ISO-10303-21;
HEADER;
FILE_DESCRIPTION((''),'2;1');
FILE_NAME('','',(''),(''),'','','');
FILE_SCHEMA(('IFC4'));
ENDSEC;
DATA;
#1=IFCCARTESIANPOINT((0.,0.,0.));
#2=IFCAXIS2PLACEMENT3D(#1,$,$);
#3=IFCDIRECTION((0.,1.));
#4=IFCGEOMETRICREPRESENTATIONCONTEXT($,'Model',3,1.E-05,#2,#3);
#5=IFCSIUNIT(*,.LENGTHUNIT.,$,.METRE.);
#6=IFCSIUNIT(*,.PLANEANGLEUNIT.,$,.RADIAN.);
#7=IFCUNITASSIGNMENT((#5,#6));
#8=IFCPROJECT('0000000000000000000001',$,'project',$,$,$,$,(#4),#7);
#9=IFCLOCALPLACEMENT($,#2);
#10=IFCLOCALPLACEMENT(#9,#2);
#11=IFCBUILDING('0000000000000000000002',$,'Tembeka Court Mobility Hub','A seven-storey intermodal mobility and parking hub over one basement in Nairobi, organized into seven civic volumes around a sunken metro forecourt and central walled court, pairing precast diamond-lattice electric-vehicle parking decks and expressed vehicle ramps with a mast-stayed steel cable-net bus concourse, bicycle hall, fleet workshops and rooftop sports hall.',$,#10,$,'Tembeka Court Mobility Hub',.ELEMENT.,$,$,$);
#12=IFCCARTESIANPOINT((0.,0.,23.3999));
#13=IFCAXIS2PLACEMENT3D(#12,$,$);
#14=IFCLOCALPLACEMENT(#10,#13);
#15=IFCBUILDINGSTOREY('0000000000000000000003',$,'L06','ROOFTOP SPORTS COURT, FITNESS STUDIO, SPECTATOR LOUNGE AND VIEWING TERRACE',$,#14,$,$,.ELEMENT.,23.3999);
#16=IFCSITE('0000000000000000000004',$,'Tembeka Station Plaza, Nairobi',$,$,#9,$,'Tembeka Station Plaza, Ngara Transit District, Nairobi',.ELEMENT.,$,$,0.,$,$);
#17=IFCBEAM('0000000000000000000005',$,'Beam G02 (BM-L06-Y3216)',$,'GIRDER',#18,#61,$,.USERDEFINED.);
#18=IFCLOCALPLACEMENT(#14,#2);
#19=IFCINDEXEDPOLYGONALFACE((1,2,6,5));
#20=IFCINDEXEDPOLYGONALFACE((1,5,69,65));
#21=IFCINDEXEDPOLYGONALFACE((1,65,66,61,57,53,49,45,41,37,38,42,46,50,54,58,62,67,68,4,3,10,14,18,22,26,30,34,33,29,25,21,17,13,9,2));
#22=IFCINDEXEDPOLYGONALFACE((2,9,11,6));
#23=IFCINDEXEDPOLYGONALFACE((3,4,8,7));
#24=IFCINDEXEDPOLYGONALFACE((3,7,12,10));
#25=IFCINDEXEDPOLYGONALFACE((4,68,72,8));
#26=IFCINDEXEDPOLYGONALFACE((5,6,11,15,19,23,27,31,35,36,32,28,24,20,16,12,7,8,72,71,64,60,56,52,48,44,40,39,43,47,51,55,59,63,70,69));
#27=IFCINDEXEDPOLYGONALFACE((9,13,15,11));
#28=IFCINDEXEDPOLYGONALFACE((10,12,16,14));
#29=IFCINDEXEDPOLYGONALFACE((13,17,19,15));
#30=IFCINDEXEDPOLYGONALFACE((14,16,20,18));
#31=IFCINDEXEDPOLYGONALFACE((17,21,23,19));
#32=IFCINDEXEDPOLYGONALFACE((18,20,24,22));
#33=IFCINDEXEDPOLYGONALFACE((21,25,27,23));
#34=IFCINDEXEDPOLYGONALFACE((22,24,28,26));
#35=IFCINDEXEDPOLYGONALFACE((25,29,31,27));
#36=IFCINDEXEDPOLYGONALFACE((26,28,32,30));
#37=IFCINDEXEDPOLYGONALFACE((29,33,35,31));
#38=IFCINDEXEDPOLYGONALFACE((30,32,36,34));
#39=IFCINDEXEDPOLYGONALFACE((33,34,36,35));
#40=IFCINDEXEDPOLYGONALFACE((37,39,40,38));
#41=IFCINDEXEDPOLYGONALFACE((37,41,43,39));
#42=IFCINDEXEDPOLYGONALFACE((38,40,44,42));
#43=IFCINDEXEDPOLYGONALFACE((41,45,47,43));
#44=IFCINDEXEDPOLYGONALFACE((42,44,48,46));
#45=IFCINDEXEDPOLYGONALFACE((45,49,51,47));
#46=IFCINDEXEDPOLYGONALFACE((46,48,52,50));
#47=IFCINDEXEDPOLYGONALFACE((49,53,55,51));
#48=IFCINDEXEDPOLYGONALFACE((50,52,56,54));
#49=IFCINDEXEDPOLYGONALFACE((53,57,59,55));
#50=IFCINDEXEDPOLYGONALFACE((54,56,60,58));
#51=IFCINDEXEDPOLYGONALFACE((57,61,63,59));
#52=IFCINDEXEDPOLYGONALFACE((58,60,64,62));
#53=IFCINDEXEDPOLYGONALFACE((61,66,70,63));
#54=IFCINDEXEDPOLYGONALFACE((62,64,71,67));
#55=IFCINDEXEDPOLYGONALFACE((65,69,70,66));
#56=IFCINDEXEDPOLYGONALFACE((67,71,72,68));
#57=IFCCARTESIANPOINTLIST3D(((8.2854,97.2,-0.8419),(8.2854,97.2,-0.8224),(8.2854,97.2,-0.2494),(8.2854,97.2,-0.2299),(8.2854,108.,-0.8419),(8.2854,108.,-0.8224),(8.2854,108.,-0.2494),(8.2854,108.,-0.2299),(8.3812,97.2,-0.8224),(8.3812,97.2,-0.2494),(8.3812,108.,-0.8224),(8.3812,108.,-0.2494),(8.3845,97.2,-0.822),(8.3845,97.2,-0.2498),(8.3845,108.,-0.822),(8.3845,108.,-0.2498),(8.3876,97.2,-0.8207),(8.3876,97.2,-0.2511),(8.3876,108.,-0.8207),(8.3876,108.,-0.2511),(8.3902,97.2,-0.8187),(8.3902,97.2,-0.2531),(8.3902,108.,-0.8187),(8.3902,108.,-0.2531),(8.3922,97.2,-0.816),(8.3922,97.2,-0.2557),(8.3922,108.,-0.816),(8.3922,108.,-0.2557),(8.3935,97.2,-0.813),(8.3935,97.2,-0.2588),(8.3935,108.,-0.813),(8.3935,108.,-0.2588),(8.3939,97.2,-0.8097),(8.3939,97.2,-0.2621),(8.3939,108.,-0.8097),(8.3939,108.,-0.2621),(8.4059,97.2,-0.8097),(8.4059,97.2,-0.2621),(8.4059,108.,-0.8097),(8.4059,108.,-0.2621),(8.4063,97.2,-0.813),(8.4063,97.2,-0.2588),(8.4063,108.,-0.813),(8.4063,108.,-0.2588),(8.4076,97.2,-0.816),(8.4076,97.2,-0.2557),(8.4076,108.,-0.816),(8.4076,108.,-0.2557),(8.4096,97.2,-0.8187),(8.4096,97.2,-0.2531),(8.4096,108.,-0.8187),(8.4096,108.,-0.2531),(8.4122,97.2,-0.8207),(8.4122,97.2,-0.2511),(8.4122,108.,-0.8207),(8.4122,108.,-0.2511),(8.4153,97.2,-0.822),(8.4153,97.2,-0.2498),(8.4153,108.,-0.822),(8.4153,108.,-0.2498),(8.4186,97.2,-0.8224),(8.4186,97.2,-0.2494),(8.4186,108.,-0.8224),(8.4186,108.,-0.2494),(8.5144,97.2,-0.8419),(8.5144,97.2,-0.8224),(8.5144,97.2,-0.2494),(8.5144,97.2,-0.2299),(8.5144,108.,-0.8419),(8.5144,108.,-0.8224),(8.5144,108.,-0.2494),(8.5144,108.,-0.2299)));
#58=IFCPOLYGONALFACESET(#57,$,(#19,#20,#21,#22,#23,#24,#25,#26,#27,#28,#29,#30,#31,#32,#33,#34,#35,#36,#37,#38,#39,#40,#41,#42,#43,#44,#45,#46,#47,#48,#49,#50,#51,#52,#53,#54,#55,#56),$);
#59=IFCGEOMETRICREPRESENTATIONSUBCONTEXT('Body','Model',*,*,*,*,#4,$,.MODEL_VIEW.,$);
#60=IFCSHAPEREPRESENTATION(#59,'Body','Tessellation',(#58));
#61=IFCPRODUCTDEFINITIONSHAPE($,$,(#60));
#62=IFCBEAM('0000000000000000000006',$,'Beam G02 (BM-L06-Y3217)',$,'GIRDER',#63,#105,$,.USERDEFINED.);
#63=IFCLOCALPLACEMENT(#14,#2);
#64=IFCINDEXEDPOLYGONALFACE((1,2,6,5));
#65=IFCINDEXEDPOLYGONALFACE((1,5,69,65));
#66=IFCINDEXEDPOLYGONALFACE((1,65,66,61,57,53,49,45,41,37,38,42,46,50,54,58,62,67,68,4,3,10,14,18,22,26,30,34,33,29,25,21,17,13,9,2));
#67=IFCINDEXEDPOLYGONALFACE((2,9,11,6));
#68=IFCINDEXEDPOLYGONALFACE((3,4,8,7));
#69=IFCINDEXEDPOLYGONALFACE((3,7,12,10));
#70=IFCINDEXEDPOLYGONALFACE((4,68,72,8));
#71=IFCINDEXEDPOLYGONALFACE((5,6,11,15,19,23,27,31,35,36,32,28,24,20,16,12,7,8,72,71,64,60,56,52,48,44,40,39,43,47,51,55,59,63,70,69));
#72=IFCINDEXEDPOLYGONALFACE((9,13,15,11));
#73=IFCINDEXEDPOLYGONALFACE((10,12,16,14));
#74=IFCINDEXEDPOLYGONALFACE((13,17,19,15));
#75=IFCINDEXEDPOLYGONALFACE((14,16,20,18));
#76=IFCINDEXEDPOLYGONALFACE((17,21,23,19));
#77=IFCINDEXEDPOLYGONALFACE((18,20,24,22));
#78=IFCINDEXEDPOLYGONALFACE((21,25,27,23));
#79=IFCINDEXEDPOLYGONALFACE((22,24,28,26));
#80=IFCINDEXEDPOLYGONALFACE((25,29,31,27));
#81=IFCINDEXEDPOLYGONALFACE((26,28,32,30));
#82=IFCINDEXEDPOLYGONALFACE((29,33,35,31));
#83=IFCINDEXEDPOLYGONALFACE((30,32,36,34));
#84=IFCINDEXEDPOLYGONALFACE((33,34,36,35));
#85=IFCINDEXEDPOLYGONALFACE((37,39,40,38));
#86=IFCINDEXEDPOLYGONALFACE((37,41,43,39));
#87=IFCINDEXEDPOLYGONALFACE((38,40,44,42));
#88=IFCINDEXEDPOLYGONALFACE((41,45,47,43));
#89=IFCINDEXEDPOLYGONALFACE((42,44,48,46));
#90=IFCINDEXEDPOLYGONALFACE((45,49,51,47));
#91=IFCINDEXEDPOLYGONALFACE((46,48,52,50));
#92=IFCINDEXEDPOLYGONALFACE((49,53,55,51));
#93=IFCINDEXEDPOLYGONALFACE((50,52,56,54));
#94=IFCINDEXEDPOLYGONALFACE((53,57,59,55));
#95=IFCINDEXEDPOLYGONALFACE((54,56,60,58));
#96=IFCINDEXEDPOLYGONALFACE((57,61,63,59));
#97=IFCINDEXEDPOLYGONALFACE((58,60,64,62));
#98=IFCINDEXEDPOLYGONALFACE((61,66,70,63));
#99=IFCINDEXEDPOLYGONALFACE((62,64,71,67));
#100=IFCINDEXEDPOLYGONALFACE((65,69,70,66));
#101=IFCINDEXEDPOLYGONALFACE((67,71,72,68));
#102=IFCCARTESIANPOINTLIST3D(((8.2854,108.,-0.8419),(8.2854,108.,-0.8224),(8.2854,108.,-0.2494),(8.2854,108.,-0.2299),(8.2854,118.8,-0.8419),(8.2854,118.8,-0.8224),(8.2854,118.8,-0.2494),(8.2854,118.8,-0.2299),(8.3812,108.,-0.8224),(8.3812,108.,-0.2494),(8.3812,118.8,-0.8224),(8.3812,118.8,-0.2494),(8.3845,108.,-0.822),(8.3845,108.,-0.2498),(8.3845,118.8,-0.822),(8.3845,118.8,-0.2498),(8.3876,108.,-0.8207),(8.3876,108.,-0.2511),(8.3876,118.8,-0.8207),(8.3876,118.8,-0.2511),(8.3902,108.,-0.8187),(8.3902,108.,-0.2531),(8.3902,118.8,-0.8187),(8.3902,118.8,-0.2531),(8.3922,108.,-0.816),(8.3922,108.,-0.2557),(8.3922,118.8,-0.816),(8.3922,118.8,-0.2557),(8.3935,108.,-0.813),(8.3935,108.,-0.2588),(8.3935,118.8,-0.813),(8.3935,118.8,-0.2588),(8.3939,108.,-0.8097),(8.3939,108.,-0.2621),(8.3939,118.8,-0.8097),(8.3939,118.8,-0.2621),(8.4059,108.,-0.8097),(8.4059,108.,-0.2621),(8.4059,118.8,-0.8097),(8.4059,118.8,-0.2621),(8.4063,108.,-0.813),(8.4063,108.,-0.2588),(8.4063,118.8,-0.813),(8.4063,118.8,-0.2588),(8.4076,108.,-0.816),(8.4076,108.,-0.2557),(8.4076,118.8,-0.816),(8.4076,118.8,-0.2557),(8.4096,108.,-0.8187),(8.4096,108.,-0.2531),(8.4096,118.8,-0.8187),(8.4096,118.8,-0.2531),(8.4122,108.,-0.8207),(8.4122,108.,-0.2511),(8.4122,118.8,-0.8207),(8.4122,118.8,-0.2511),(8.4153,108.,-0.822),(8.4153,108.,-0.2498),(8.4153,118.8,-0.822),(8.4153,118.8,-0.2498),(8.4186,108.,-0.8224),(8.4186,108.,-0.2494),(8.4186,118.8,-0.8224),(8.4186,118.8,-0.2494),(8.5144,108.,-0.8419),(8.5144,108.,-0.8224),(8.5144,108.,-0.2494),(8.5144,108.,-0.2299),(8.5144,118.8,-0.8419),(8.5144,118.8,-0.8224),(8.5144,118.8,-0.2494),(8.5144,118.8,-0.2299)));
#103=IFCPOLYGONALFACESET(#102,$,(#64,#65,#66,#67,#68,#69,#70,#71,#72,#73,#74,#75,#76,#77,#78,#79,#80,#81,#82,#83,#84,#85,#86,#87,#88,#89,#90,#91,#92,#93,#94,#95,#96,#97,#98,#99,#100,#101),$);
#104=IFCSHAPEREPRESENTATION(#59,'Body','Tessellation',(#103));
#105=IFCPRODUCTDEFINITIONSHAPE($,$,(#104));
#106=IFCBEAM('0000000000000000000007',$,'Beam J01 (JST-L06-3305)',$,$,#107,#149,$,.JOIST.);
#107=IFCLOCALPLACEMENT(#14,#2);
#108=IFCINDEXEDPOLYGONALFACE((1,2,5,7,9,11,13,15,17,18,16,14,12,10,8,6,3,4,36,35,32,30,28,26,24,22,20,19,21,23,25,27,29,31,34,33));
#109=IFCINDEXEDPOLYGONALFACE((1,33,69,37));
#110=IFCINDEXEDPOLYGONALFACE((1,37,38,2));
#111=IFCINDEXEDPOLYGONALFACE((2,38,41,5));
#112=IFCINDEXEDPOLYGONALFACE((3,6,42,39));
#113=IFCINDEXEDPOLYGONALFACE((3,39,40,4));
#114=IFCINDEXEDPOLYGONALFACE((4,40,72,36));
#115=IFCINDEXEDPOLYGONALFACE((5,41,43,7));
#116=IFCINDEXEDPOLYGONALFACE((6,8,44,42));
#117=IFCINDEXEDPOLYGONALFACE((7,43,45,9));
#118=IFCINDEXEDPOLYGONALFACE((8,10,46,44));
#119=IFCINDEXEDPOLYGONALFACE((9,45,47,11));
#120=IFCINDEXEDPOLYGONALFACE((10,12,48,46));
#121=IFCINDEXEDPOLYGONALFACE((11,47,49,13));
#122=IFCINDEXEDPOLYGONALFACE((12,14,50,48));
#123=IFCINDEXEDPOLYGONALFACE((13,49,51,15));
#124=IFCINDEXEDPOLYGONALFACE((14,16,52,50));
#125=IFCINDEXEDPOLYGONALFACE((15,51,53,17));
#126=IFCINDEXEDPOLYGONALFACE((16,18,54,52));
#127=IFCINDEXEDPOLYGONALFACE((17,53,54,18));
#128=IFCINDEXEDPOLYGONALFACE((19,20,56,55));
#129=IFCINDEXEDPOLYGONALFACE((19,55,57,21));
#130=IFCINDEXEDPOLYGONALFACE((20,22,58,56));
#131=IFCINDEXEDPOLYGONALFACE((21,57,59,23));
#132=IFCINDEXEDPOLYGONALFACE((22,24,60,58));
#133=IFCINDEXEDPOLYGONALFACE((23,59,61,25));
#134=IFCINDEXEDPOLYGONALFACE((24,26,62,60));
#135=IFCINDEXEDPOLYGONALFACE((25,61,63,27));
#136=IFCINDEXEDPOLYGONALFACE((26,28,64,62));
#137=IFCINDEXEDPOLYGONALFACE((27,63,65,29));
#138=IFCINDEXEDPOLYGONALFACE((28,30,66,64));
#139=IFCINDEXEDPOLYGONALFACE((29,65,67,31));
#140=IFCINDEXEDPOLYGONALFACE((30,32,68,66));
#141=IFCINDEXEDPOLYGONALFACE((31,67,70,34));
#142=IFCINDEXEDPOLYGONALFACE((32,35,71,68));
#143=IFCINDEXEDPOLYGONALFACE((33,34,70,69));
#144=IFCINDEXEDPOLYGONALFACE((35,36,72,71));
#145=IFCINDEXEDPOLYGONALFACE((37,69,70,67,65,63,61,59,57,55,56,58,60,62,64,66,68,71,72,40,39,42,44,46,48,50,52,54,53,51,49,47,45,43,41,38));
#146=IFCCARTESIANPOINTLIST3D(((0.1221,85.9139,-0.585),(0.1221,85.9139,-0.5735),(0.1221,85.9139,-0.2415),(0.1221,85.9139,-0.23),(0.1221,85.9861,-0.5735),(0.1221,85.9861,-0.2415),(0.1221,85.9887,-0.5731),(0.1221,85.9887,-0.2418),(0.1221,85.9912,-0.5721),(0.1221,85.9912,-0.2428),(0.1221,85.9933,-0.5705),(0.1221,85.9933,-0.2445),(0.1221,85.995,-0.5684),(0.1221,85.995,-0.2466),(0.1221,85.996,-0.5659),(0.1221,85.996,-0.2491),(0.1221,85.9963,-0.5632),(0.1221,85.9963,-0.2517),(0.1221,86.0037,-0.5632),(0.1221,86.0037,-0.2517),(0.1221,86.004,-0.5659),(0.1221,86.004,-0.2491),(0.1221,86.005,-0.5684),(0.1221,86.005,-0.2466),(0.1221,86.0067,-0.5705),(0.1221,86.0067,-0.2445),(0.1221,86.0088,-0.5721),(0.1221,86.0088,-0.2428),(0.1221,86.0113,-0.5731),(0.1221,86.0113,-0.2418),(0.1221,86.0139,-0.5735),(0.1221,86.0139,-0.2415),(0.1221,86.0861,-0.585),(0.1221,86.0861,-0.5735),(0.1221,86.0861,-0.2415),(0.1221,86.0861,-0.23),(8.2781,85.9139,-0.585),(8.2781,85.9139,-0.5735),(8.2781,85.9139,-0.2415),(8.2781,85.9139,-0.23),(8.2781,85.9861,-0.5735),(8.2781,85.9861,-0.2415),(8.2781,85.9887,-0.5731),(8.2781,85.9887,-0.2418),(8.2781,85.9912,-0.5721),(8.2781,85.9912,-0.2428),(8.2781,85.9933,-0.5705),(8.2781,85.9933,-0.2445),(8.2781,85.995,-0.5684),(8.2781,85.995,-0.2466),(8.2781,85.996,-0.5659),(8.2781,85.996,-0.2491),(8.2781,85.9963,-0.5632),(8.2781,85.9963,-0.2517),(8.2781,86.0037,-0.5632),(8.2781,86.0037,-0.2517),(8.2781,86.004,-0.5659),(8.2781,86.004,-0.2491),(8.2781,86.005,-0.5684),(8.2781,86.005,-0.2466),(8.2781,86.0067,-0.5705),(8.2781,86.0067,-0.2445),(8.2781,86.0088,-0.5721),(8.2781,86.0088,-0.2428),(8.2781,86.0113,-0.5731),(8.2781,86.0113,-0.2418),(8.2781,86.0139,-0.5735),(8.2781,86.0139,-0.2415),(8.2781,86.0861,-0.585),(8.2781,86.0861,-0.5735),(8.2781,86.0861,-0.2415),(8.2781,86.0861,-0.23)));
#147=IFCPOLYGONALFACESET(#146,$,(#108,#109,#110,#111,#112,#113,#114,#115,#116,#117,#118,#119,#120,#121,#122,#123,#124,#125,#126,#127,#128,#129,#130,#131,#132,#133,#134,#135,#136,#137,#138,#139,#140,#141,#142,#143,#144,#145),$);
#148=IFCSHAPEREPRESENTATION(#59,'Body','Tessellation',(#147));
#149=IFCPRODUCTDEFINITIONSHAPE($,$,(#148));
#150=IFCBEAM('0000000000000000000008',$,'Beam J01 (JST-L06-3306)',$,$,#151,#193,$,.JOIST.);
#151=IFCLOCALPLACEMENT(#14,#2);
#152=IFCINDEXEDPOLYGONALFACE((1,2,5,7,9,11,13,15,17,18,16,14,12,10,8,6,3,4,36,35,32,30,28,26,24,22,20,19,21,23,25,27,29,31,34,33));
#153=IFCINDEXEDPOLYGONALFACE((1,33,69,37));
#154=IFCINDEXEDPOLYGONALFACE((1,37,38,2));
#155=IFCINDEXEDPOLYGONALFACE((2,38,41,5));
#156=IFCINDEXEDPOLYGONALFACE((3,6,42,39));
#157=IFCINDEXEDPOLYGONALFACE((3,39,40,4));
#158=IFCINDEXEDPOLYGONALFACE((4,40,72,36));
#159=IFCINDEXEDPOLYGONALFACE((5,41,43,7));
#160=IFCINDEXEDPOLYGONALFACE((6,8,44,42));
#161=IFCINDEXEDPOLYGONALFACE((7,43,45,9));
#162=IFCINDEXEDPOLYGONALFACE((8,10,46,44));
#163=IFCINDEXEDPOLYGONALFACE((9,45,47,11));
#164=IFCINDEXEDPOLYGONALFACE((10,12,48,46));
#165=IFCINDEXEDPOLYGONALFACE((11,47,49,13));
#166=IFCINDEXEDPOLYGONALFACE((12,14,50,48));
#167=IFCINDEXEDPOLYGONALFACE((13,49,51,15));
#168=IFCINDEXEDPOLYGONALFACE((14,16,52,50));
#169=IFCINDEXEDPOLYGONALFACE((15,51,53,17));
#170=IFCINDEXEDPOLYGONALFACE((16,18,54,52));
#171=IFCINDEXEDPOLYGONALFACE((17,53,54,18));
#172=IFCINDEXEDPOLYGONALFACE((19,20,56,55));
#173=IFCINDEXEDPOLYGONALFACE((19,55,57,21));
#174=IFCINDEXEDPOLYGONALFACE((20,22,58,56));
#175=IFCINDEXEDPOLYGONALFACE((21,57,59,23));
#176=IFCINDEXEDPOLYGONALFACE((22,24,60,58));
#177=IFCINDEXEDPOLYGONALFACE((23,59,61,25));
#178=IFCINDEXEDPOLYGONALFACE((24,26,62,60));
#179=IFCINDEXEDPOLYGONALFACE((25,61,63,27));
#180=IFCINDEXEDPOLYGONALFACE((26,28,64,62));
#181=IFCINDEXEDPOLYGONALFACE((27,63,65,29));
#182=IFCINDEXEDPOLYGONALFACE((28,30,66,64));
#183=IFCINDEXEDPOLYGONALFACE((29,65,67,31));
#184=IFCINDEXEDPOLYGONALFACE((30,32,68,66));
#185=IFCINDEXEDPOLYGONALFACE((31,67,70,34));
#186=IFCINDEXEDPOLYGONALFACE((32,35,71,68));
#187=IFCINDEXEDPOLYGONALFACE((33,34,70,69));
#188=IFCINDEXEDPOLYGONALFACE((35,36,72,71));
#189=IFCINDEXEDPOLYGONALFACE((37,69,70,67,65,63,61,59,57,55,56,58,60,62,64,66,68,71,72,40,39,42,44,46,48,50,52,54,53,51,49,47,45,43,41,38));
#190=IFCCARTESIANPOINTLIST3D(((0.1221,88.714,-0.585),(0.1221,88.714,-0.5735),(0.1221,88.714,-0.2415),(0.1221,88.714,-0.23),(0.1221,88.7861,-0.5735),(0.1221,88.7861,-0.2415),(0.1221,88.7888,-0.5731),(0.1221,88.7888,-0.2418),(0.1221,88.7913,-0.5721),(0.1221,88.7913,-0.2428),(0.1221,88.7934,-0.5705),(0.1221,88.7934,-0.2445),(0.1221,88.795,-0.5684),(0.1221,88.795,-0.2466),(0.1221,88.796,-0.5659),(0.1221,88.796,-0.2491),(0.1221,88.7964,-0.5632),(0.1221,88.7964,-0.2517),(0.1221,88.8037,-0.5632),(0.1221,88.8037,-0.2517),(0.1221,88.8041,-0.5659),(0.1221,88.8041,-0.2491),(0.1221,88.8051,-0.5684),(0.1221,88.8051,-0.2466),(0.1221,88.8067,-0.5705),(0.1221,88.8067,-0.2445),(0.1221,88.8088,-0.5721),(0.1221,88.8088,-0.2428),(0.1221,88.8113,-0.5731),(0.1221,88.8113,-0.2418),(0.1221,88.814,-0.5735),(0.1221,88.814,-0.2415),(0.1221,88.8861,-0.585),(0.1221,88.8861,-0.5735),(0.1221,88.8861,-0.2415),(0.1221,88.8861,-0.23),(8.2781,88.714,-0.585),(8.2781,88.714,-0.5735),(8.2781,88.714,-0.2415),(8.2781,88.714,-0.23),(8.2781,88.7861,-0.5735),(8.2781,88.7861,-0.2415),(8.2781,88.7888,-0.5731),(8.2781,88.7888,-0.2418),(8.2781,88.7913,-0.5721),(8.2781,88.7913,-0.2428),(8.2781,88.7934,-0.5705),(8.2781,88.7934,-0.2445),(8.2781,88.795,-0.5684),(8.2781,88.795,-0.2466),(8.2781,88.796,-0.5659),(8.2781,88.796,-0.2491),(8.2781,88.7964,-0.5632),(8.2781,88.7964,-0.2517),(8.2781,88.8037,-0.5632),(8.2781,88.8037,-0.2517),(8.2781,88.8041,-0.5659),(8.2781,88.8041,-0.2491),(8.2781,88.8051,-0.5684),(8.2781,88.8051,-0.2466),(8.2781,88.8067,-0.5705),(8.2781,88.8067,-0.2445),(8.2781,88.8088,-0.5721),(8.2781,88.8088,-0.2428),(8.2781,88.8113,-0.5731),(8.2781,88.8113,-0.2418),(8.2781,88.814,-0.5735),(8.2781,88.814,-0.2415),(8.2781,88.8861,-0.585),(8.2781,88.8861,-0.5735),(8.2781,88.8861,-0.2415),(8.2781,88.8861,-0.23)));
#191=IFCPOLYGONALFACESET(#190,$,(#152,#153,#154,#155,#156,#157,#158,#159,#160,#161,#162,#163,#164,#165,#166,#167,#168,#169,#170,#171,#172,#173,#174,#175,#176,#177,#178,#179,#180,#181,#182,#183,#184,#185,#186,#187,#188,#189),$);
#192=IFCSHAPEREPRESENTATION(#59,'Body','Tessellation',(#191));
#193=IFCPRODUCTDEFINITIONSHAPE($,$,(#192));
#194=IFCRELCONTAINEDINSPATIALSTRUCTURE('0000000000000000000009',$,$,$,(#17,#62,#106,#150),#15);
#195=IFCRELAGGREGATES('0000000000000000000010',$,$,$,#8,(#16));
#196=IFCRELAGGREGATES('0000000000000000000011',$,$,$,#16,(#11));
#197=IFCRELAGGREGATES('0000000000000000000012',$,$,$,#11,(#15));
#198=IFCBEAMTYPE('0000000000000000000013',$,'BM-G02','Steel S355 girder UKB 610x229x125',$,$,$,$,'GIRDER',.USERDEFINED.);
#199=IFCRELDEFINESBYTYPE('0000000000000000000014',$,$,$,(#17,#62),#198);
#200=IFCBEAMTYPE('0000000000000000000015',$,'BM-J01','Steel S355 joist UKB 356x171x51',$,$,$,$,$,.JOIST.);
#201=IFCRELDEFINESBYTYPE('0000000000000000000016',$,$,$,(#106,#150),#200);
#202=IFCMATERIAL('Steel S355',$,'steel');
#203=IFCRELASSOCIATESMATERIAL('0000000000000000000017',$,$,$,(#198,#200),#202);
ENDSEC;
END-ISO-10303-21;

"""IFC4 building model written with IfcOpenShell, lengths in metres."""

from ifc_helpers import new_model, si_unit, direction, frame, origin, origin_2d, place, context, subcontext, project, spatial, i_section, extrude, material, material_profile, profile_set, type_object, element, save


model = new_model("IFC4")

# Units and contexts
model_context = context("Model", 3, precision=1e-05, world=origin(), true_north=direction((0.0, 1.0)))
body_context = subcontext(model_context, "Body", "Model", "MODEL_VIEW")
ifc_project = project(units=[si_unit("LENGTHUNIT", "METRE"), si_unit("PLANEANGLEUNIT", "RADIAN")], contexts=[model_context])

# Site, building, storey
site_placement = place(None, origin())
site = spatial("IfcSite", under=ifc_project, at=site_placement, Name="Tembeka Station Plaza, Nairobi", LongName="Tembeka Station Plaza, Ngara Transit District, Nairobi", CompositionType="ELEMENT", RefElevation=0.0)
building_placement = place(site_placement, origin())
building = spatial("IfcBuilding", under=site, at=building_placement, Name="Tembeka Court Mobility Hub", Description="A seven-storey intermodal mobility and parking hub over one basement in Nairobi, organized into seven civic volumes around a sunken metro forecourt and central walled court, pairing precast diamond-lattice electric-vehicle parking decks and expressed vehicle ramps with a mast-stayed steel cable-net bus concourse, bicycle hall, fleet workshops and rooftop sports hall.", LongName="Tembeka Court Mobility Hub", CompositionType="ELEMENT")
storey_placement = place(building_placement, frame((0.0, 0.0, 23.3999)))
storey = spatial("IfcBuildingStorey", under=building, at=storey_placement, Name="L06", Description="ROOFTOP SPORTS COURT, FITNESS STUDIO, SPECTATOR LOUNGE AND VIEWING TERRACE", CompositionType="ELEMENT", Elevation=23.3999)

# Beams
ifc_material_1 = material(Name="Steel S355", Category="steel")
ifc_material_profile_1 = material_profile(ifc_material_1, i_section(OverallWidth=0.229, OverallDepth=0.6121, WebThickness=0.012, FlangeThickness=0.0195, FilletRadius=0.0127, at=origin_2d()), Name="UKB 610x229x125")
ifc_profile_set_1 = profile_set([ifc_material_profile_1], Name="Steel S355")
beam_type_1 = type_object("IfcBeamType", Name="BM-G02", Description="Steel S355 girder UKB 610x229x125", ElementType="GIRDER", PredefinedType="USERDEFINED", material=ifc_profile_set_1)
for number, where, z_axis, x_axis, name in (
    (1, (8.3999, 97.2, -0.5359), (0.0, 1.0, 0.0), (-1.0, 0.0, 0.0), "Beam G02 (BM-L06-Y3216)"),
    (2, (8.3999, 108.0, -0.5359), (0.0, 1.0, 0.0), (-1.0, 0.0, 0.0), "Beam G02 (BM-L06-Y3217)"),
):
    element("IfcBeam", number, at=place(storey_placement, frame(where, z_axis=z_axis, x_axis=x_axis)), inside=storey, type_object=beam_type_1, Name=name, ObjectType="GIRDER", PredefinedType="USERDEFINED", context=body_context, shape_type="SweptSolid", body=[
        extrude(i_section(OverallWidth=0.229, OverallDepth=0.6121, WebThickness=0.012, FlangeThickness=0.0195, FilletRadius=0.0127, at=origin_2d()), origin(), (0.0, 0.0, 1.0), 10.8),
    ])
ifc_material_profile_2 = material_profile(ifc_material_1, i_section(OverallWidth=0.1721, OverallDepth=0.355, WebThickness=0.0073, FlangeThickness=0.0115, FilletRadius=0.0103, at=origin_2d()), Name="UKB 356x171x51")
ifc_profile_set_2 = profile_set([ifc_material_profile_2], Name="Steel S355")
beam_type_2 = type_object("IfcBeamType", Name="BM-J01", Description="Steel S355 joist UKB 356x171x51", PredefinedType="JOIST", material=ifc_profile_set_2)
for number, where, z_axis, x_axis, name in (
    (3, (0.1221, 86.0, -0.4075), (1.0, 0.0, 0.0), (0.0, 1.0, 0.0), "Beam J01 (JST-L06-3305)"),
    (4, (0.1221, 88.8, -0.4075), (1.0, 0.0, 0.0), (0.0, 1.0, 0.0), "Beam J01 (JST-L06-3306)"),
):
    element("IfcBeam", number, at=place(storey_placement, frame(where, z_axis=z_axis, x_axis=x_axis)), inside=storey, type_object=beam_type_2, Name=name, PredefinedType="JOIST", context=body_context, shape_type="SweptSolid", body=[
        extrude(i_section(OverallWidth=0.1721, OverallDepth=0.355, WebThickness=0.0073, FlangeThickness=0.0115, FilletRadius=0.0103, at=origin_2d()), origin(), (0.0, 0.0, 1.0), 8.156),
    ])

save(model, "model.ifc")
